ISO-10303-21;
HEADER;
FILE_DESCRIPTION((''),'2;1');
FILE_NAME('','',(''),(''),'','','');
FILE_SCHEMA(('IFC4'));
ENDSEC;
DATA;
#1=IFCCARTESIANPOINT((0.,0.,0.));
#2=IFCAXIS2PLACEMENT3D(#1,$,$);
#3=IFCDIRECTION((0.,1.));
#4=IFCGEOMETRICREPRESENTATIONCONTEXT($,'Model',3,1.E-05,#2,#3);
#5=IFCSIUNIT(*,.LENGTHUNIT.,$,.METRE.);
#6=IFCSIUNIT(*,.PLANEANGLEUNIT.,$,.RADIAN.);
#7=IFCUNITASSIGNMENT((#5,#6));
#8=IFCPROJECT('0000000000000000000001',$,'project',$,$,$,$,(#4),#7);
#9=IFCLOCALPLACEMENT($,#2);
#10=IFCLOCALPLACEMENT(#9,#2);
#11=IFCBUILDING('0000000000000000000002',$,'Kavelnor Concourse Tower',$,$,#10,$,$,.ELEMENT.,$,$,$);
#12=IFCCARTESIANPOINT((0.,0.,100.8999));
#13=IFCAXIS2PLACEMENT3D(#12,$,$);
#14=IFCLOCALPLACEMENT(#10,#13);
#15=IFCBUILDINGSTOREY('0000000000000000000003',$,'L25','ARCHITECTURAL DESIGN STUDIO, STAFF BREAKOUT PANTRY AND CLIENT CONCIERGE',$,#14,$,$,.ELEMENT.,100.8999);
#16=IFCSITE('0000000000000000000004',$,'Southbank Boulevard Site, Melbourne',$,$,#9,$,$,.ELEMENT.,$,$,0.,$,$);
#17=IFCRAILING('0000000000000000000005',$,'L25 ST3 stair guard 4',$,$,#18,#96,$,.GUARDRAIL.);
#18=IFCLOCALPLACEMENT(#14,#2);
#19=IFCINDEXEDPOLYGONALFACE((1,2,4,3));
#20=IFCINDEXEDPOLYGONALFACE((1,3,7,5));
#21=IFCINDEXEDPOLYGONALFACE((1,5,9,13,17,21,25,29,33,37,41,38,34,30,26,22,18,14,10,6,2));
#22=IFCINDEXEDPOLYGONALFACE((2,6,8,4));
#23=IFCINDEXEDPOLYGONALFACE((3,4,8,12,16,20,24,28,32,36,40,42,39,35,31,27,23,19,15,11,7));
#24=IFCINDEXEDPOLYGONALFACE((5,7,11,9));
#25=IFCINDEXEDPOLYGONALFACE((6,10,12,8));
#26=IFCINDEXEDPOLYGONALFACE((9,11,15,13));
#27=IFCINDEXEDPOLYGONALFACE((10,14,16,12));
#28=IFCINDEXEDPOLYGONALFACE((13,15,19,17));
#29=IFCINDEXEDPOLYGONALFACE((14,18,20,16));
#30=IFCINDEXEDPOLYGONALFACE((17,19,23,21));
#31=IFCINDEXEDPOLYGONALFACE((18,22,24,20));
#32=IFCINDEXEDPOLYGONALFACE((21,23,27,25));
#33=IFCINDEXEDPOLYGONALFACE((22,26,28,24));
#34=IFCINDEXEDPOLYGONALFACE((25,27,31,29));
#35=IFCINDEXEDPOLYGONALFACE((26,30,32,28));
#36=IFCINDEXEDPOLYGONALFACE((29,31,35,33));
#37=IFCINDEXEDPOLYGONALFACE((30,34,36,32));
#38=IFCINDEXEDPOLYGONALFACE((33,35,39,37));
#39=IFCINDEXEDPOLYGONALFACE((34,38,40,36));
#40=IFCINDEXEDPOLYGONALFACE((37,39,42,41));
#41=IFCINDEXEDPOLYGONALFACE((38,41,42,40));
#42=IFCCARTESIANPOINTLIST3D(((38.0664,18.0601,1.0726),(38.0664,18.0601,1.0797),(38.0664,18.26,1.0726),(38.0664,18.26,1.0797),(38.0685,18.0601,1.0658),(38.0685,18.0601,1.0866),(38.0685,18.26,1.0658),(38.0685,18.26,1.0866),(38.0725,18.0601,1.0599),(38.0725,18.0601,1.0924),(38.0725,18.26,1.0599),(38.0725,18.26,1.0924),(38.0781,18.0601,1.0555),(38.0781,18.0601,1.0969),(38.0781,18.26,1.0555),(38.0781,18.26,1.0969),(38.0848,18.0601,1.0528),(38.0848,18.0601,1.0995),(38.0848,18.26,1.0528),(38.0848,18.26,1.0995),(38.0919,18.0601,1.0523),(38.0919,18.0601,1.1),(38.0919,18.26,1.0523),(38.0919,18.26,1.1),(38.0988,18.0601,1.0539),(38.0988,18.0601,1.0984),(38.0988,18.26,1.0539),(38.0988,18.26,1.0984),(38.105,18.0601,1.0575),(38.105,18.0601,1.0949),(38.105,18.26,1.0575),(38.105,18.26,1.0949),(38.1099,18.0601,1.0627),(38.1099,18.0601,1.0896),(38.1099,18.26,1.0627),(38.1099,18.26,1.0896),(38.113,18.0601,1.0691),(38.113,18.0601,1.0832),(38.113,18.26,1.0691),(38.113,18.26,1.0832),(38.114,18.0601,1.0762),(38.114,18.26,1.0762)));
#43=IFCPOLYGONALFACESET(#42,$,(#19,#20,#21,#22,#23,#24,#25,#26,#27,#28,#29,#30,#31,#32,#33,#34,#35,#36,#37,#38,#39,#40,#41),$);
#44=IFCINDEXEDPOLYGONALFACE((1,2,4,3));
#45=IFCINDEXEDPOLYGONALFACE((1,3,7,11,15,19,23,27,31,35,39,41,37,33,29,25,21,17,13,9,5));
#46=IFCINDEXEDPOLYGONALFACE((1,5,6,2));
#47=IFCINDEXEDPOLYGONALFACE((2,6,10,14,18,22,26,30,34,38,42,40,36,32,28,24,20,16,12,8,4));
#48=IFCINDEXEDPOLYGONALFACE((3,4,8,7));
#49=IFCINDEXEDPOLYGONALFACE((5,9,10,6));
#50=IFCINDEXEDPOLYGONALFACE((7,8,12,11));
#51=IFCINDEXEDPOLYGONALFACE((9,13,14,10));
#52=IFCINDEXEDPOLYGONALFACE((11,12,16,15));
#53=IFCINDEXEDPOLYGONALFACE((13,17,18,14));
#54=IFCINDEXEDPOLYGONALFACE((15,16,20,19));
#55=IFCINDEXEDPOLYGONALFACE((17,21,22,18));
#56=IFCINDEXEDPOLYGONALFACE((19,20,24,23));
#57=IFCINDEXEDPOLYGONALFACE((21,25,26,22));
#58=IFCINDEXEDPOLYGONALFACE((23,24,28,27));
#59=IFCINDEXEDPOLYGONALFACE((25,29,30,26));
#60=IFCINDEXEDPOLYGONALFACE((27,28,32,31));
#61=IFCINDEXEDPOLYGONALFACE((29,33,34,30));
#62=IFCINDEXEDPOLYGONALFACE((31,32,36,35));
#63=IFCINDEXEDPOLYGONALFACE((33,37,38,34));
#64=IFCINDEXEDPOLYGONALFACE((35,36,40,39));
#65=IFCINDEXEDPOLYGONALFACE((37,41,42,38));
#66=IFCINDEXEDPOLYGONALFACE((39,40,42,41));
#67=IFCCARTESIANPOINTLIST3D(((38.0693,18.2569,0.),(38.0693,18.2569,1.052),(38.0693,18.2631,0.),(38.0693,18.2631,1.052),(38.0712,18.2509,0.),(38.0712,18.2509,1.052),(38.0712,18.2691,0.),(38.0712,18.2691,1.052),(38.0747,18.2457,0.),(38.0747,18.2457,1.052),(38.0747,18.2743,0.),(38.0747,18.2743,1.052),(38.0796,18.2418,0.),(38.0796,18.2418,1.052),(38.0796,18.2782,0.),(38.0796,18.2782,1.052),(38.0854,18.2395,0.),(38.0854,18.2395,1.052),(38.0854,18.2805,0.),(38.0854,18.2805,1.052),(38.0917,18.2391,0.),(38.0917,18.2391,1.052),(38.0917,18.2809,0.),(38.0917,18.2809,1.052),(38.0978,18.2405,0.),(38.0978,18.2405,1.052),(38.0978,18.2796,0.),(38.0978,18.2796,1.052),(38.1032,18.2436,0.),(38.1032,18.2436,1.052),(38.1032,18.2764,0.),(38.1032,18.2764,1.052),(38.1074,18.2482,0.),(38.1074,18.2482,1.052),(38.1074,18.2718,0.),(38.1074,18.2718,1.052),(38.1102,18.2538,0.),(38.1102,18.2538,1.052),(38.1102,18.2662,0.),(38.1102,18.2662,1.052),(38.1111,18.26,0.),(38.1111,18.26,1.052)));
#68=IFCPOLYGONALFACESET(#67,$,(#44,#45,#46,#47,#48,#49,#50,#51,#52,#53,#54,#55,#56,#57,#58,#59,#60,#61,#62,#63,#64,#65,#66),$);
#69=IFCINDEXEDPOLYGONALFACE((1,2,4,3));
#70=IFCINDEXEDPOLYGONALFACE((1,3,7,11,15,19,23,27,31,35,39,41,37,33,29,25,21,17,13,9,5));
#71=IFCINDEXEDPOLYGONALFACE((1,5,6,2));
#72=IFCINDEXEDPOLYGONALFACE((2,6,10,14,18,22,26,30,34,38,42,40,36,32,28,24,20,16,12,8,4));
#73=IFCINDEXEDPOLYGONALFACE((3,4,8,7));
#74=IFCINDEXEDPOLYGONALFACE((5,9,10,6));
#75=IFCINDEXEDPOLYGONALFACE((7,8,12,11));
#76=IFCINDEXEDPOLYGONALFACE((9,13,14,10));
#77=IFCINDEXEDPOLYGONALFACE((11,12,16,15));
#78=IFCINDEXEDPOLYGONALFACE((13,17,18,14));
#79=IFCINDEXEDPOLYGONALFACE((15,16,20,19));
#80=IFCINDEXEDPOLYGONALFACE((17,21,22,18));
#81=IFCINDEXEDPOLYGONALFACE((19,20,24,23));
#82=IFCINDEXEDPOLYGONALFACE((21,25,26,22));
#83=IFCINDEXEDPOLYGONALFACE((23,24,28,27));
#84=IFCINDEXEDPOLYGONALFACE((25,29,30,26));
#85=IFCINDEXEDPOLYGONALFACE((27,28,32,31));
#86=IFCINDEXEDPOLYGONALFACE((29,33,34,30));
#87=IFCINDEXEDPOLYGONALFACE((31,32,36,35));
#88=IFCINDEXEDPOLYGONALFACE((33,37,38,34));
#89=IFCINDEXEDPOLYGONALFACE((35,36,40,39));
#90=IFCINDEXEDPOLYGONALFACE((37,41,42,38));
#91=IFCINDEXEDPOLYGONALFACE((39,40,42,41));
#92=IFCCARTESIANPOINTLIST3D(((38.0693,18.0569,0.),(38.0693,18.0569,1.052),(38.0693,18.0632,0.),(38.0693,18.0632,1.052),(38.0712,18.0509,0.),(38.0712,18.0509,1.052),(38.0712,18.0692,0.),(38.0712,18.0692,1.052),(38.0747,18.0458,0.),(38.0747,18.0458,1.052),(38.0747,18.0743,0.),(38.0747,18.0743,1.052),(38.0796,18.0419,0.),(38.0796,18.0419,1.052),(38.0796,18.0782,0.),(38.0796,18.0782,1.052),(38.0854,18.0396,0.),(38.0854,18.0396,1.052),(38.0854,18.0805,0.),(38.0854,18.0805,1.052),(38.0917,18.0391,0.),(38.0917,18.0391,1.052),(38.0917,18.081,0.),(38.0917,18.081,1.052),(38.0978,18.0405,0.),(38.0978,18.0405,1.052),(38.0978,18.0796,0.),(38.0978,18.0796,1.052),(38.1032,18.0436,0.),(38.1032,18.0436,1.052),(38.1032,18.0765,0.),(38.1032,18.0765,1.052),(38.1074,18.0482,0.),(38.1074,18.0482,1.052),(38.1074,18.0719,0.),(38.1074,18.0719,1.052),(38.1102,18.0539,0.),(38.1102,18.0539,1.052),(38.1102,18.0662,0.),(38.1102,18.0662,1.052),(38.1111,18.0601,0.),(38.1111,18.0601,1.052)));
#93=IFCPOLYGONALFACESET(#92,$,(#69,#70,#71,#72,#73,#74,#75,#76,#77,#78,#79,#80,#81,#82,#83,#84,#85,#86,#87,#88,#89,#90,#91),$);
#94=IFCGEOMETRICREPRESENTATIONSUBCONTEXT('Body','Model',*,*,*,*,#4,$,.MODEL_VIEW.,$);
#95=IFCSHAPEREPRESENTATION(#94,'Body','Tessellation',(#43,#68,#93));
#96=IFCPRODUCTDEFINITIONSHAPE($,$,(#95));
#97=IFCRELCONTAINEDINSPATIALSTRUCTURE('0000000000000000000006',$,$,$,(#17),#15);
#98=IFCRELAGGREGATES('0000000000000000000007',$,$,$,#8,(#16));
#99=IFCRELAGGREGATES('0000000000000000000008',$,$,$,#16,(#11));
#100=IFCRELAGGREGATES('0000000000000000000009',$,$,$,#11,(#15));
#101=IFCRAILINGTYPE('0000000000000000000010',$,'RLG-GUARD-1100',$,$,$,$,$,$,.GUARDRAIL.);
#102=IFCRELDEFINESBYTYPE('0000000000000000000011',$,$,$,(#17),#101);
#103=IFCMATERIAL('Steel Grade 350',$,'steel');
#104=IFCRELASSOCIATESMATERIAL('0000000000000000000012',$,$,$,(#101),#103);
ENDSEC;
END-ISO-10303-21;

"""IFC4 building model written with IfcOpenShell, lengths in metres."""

from ifc_helpers import new_model, si_unit, direction, frame, origin, origin_2d, place, context, subcontext, project, spatial, circle, extrude, material, type_object, element, save


model = new_model("IFC4")

# Units and contexts
model_context = context("Model", 3, precision=1e-05, world=origin(), true_north=direction((0.0, 1.0)))
body_context = subcontext(model_context, "Body", "Model", "MODEL_VIEW")
ifc_project = project(units=[si_unit("LENGTHUNIT", "METRE"), si_unit("PLANEANGLEUNIT", "RADIAN")], contexts=[model_context])

# Site, building, storey
site_placement = place(None, origin())
site = spatial("IfcSite", under=ifc_project, at=site_placement, Name="Southbank Boulevard Site, Melbourne", CompositionType="ELEMENT", RefElevation=0.0)
building_placement = place(site_placement, origin())
building = spatial("IfcBuilding", under=site, at=building_placement, Name="Kavelnor Concourse Tower", CompositionType="ELEMENT")
storey_placement = place(building_placement, frame((0.0, 0.0, 100.8999)))
storey = spatial("IfcBuildingStorey", under=building, at=storey_placement, Name="L25", Description="ARCHITECTURAL DESIGN STUDIO, STAFF BREAKOUT PANTRY AND CLIENT CONCIERGE", CompositionType="ELEMENT", Elevation=100.8999)

# Shared definitions
ifc_material_1 = material(Name="Steel Grade 350", Category="steel")

# Railing
railing_type_1 = type_object("IfcRailingType", Name="RLG-GUARD-1100", PredefinedType="GUARDRAIL", material=ifc_material_1)
railing_1_placement = place(storey_placement, frame((38.0901, 18.26, 0.0)))
element("IfcRailing", 1, at=railing_1_placement, inside=storey, type_object=railing_type_1, Name="L25 ST3 stair guard 4", PredefinedType="GUARDRAIL", context=body_context, shape_type="SweptSolid", body=[
    extrude(circle(Radius=0.0239, at=origin_2d()), frame((0.0, 0.0, 1.0762), z_axis=(0.0, -1.0, 0.0), x_axis=(1.0, 0.0, 0.0)), (0.0, 0.0, 1.0), 0.2),
    extrude(circle(Radius=0.021, at=origin_2d()), origin(), (0.0, 0.0, 1.0), 1.052),
    extrude(circle(Radius=0.021, at=origin_2d()), frame((0.0, -0.2, 0.0)), (0.0, 0.0, 1.0), 1.052),
])

save(model, "model.ifc")
